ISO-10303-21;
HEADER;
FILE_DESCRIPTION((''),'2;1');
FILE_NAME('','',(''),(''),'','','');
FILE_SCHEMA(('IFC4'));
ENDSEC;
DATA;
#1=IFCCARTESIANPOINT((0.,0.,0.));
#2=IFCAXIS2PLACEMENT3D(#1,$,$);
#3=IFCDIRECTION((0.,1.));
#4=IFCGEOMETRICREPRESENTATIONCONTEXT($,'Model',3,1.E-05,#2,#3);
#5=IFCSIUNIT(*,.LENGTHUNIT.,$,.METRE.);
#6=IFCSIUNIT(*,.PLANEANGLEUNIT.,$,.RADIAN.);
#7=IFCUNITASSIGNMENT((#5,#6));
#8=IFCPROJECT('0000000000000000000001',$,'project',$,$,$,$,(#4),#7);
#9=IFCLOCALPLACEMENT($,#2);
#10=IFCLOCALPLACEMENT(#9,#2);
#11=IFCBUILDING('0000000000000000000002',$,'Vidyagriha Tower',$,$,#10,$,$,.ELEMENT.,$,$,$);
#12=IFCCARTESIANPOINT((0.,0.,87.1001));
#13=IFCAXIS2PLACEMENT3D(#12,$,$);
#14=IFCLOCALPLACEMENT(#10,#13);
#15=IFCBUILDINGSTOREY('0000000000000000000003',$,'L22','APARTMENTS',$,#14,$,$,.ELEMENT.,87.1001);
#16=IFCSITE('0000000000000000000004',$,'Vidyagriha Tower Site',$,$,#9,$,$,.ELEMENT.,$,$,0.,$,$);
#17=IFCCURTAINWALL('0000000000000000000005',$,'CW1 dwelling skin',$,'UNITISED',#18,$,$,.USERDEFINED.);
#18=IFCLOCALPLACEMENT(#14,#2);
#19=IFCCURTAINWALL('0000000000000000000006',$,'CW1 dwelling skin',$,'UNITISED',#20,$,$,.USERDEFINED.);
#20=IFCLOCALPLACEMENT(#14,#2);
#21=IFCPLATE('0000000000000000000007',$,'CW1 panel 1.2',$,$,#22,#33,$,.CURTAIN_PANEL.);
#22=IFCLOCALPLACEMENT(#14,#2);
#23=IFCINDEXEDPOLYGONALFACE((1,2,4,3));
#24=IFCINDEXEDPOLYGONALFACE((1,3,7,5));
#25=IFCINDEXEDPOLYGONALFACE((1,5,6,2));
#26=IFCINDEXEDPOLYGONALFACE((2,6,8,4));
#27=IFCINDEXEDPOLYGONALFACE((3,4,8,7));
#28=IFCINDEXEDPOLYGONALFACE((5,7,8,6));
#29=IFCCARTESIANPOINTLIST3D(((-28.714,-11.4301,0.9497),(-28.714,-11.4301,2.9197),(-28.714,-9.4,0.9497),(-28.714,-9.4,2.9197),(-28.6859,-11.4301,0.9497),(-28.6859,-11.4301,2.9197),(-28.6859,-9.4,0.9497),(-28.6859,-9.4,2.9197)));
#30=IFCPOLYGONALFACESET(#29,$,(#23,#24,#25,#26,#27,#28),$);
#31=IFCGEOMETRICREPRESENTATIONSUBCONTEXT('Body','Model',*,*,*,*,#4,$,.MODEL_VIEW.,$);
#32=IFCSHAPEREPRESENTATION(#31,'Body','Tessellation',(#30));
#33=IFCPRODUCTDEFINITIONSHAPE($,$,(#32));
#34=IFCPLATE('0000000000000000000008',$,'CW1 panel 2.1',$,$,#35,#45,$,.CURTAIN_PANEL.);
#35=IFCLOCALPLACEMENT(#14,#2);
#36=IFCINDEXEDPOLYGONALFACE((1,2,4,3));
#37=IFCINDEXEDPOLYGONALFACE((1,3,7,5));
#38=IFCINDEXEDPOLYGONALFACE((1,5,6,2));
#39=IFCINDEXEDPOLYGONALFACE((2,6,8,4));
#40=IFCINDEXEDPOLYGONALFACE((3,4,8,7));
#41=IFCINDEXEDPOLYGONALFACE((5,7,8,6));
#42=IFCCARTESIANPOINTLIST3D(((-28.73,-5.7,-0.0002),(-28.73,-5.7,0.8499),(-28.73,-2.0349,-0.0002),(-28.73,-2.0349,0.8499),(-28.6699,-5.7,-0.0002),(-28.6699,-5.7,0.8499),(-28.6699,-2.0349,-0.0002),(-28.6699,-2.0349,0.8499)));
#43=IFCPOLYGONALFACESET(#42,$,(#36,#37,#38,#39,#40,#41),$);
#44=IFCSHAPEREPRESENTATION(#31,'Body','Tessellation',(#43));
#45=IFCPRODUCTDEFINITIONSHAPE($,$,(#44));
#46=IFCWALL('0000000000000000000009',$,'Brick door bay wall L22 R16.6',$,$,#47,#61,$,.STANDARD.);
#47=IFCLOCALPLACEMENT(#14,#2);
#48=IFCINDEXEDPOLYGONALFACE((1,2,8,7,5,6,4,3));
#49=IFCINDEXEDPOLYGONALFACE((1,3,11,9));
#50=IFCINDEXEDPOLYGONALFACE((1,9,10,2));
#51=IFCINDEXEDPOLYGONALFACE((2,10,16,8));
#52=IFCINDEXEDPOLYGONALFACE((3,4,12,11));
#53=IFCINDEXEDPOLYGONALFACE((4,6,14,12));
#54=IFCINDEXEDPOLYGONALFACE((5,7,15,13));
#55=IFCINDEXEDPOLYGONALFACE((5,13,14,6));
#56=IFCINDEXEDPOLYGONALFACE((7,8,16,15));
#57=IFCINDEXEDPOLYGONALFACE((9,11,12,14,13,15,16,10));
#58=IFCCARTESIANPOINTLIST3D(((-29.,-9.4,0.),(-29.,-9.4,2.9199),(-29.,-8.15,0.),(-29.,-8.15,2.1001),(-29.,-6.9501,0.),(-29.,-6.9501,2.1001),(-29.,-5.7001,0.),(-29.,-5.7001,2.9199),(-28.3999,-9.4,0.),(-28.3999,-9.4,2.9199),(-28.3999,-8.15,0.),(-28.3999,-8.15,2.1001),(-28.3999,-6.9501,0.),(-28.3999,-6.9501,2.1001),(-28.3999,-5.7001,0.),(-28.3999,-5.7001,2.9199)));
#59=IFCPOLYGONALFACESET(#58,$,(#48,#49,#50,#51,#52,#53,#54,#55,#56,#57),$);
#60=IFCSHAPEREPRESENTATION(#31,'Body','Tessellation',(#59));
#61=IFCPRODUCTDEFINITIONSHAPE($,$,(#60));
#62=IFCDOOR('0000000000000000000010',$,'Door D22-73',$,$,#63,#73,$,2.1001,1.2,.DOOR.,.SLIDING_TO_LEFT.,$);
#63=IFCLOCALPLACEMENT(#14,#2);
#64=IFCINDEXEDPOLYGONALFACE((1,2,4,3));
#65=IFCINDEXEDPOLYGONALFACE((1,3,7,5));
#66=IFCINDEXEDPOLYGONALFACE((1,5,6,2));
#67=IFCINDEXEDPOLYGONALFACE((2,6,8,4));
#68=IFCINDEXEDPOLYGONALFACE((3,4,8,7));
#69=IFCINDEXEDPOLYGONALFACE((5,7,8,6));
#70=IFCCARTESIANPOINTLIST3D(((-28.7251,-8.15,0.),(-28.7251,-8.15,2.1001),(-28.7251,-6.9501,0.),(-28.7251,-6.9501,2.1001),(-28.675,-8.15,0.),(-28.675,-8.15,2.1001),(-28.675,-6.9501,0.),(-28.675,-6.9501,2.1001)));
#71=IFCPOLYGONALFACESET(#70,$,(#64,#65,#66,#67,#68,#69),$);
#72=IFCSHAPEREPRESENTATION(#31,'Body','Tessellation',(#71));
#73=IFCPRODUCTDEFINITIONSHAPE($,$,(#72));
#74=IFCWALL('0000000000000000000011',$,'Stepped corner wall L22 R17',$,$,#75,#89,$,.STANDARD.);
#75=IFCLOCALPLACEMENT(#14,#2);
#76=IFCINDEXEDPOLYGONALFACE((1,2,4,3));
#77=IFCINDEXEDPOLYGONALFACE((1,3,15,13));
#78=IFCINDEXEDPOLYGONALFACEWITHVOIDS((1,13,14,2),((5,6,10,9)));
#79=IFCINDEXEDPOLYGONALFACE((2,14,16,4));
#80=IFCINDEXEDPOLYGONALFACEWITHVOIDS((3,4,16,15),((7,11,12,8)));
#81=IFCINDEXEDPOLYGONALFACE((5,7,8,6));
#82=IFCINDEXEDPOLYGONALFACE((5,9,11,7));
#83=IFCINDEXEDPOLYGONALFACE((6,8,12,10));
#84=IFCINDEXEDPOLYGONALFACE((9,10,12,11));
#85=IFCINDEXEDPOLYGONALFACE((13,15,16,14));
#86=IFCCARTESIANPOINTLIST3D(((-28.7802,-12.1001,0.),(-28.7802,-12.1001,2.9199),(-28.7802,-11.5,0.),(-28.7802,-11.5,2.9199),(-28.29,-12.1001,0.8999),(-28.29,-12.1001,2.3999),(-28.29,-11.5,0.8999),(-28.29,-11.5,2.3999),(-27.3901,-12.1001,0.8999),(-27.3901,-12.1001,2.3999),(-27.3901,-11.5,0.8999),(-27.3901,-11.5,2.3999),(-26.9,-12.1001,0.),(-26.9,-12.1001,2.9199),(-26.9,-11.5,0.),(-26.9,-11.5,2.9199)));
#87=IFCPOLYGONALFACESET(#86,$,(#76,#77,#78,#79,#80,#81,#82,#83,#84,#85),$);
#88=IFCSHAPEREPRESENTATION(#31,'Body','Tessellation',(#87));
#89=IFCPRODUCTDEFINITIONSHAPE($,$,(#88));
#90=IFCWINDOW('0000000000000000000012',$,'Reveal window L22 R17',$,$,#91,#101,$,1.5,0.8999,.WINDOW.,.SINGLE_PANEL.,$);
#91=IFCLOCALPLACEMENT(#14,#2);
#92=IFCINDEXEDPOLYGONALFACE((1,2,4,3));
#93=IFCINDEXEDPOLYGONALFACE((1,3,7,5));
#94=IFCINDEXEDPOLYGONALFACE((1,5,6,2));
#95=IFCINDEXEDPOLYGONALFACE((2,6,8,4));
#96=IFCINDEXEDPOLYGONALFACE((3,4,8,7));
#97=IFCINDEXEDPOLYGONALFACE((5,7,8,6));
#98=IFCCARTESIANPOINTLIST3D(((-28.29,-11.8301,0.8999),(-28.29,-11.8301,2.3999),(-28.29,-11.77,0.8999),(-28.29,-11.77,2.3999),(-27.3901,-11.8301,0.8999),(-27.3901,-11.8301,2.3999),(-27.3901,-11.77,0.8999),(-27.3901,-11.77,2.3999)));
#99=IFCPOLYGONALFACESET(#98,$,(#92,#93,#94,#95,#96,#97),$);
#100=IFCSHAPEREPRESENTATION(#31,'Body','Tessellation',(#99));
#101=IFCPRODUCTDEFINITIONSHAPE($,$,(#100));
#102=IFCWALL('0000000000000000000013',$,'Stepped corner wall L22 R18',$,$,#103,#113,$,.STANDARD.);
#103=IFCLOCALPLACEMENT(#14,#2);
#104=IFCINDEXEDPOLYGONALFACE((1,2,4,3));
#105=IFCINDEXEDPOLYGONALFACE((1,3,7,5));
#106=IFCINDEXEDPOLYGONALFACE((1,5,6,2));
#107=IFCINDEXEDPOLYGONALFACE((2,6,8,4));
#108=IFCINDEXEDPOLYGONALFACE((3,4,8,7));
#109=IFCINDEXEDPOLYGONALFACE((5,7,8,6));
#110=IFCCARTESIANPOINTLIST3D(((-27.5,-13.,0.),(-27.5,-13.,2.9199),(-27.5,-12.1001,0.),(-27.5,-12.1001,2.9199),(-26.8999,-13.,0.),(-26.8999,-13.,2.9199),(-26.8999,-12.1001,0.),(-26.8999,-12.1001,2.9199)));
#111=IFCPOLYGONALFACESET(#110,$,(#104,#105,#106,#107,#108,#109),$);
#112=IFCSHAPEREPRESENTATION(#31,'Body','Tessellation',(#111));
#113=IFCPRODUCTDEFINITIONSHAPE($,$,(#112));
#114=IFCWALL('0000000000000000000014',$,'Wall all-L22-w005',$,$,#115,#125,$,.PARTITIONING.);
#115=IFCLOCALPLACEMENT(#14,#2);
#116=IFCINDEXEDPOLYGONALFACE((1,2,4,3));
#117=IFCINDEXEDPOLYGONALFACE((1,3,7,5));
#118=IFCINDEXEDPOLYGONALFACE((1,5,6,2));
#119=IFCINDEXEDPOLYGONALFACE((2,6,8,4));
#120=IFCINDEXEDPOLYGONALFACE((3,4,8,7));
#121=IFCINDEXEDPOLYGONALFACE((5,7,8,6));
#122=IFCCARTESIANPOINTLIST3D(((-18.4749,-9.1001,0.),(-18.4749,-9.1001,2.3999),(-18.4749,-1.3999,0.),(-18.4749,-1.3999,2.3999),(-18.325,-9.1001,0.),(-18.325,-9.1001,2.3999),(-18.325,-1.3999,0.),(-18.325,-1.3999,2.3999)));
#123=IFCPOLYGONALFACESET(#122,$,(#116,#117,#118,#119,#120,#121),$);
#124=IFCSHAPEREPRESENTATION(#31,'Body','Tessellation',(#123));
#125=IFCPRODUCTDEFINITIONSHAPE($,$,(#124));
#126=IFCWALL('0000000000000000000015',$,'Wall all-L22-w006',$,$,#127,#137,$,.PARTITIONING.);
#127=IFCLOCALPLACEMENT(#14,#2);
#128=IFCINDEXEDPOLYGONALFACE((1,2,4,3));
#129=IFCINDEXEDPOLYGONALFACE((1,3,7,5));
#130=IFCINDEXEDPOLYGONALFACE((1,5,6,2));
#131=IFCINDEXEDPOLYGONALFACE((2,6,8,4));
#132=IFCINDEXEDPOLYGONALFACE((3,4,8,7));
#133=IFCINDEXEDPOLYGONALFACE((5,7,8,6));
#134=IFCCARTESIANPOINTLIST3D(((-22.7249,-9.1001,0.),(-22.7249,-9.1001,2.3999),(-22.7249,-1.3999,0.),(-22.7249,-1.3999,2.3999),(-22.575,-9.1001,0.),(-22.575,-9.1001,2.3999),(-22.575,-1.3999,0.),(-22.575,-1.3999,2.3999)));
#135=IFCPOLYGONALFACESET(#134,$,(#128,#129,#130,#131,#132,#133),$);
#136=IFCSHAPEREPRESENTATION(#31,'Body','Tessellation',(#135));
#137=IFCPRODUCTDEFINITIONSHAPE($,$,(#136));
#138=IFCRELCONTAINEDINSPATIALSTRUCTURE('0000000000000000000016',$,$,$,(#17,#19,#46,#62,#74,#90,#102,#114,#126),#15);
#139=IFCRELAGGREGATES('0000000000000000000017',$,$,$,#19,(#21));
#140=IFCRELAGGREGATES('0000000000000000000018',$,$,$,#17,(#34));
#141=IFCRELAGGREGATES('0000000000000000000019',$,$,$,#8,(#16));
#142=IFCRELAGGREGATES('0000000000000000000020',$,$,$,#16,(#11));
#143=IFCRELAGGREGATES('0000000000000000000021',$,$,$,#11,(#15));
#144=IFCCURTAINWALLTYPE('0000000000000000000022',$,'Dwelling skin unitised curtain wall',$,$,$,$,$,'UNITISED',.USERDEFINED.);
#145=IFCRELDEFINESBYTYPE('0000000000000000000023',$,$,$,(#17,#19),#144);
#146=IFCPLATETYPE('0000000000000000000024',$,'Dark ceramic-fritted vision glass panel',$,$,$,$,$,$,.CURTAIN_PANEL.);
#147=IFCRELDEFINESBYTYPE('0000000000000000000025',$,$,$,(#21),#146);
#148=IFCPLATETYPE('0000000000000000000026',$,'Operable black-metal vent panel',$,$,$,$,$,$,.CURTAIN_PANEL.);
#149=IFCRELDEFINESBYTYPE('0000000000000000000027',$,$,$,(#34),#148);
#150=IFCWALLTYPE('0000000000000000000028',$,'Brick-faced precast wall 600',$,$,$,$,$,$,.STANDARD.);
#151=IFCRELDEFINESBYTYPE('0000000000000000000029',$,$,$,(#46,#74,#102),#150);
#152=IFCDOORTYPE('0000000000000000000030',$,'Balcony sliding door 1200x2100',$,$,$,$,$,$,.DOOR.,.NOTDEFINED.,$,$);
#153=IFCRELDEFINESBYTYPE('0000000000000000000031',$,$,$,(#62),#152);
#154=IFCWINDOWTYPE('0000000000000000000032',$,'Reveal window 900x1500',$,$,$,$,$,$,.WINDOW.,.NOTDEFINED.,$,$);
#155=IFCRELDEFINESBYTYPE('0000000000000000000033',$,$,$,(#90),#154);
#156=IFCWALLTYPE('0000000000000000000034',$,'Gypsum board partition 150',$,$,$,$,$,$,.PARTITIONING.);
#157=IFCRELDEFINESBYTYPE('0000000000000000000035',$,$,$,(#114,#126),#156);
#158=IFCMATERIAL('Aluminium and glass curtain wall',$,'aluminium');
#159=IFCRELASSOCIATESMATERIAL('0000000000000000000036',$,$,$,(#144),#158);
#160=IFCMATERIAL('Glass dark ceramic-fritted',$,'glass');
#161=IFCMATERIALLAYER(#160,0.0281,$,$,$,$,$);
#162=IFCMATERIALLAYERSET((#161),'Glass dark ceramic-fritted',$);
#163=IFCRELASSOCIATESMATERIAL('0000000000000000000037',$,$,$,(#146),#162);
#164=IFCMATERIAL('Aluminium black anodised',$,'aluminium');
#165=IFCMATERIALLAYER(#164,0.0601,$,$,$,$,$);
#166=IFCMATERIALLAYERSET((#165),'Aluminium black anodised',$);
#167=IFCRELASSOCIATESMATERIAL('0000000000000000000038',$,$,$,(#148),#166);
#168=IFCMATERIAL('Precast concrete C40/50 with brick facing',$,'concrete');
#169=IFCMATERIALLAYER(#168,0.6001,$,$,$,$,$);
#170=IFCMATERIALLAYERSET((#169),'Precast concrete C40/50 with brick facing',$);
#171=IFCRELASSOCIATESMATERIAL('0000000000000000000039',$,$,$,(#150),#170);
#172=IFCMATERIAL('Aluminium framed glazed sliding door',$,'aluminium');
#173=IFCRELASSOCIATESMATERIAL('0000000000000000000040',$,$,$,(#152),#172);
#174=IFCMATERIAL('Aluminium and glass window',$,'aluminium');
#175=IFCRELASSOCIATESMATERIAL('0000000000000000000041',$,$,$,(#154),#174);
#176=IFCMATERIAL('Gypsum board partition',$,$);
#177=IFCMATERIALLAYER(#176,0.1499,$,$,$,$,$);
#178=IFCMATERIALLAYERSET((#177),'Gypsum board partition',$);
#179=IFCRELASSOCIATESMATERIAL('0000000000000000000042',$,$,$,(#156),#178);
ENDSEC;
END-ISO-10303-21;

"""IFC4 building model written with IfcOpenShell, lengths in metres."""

from ifc_helpers import new_model, si_unit, direction, frame, frame_2d, origin, origin_2d, place, context, subcontext, project, spatial, rectangle, extrude, material, layer, layer_set, type_object, element, fill, aggregate, save


model = new_model("IFC4")

# Units and contexts
model_context = context("Model", 3, precision=1e-05, world=origin(), true_north=direction((0.0, 1.0)))
body_context = subcontext(model_context, "Body", "Model", "MODEL_VIEW")
ifc_project = project(units=[si_unit("LENGTHUNIT", "METRE"), si_unit("PLANEANGLEUNIT", "RADIAN")], contexts=[model_context])

# Site, building, storey
site_placement = place(None, origin())
site = spatial("IfcSite", under=ifc_project, at=site_placement, Name="Vidyagriha Tower Site", CompositionType="ELEMENT", RefElevation=0.0)
building_placement = place(site_placement, origin())
building = spatial("IfcBuilding", under=site, at=building_placement, Name="Vidyagriha Tower", CompositionType="ELEMENT")
storey_placement = place(building_placement, frame((0.0, 0.0, 87.1001)))
storey = spatial("IfcBuildingStorey", under=building, at=storey_placement, Name="L22", Description="APARTMENTS", CompositionType="ELEMENT", Elevation=87.1001)

# Curtain walls
ifc_material_1 = material(Name="Aluminium and glass curtain wall", Category="aluminium")
curtain_wall_type = type_object("IfcCurtainWallType", Name="Dwelling skin unitised curtain wall", ElementType="UNITISED", PredefinedType="USERDEFINED", material=ifc_material_1)
curtain_wall_1_placement = place(storey_placement, origin())
curtain_wall_1 = element("IfcCurtainWall", 1, at=curtain_wall_1_placement, inside=storey, type_object=curtain_wall_type, Name="CW1 dwelling skin", ObjectType="UNITISED", PredefinedType="USERDEFINED")
curtain_wall_2_placement = place(storey_placement, origin())
curtain_wall_2 = element("IfcCurtainWall", 2, at=curtain_wall_2_placement, inside=storey, type_object=curtain_wall_type, Name="CW1 dwelling skin", ObjectType="UNITISED", PredefinedType="USERDEFINED")

# Plates
ifc_material_2 = material(Name="Glass dark ceramic-fritted", Category="glass")
ifc_layer_1 = layer(ifc_material_2, 0.0281)
ifc_layer_set_1 = layer_set([ifc_layer_1], Name="Glass dark ceramic-fritted")
plate_type_1 = type_object("IfcPlateType", Name="Dark ceramic-fritted vision glass panel", PredefinedType="CURTAIN_PANEL", material=ifc_layer_set_1)
plate_1_placement = place(storey_placement, frame((-28.7, -10.415, 0.9497), z_axis=(0.0, 0.0, 1.0), x_axis=(0.0, -1.0, 0.0)))
plate_1 = element("IfcPlate", 3, at=plate_1_placement, type_object=plate_type_1, Name="CW1 panel 1.2", PredefinedType="CURTAIN_PANEL", context=body_context, shape_type="SweptSolid", body=[
    extrude(rectangle(XDim=2.03, YDim=0.0281, at=origin_2d()), origin(), (0.0, 0.0, 1.0), 1.97),
])
aggregate(curtain_wall_2, [plate_1])
ifc_material_3 = material(Name="Aluminium black anodised", Category="aluminium")
ifc_layer_2 = layer(ifc_material_3, 0.0601)
ifc_layer_set_2 = layer_set([ifc_layer_2], Name="Aluminium black anodised")
plate_type_2 = type_object("IfcPlateType", Name="Operable black-metal vent panel", PredefinedType="CURTAIN_PANEL", material=ifc_layer_set_2)
plate_2_placement = place(storey_placement, frame((-28.7, -3.8674, -0.0002), z_axis=(0.0, 0.0, 1.0), x_axis=(0.0, -1.0, 0.0)))
plate_2 = element("IfcPlate", 4, at=plate_2_placement, type_object=plate_type_2, Name="CW1 panel 2.1", PredefinedType="CURTAIN_PANEL", context=body_context, shape_type="SweptSolid", body=[
    extrude(rectangle(XDim=3.665, YDim=0.0601, at=origin_2d()), origin(), (0.0, 0.0, 1.0), 0.8501),
])
aggregate(curtain_wall_1, [plate_2])

# Wall, opening, door
ifc_material_4 = material(Name="Precast concrete C40/50 with brick facing", Category="concrete")
ifc_layer_3 = layer(ifc_material_4, 0.6001)
ifc_layer_set_3 = layer_set([ifc_layer_3], Name="Precast concrete C40/50 with brick facing")
wall_type_1 = type_object("IfcWallType", Name="Brick-faced precast wall 600", PredefinedType="STANDARD", material=ifc_layer_set_3)
wall_1_placement = place(storey_placement, frame((-28.7, -5.7, 0.0), z_axis=(0.0, 0.0, 1.0), x_axis=(0.0, -1.0, 0.0)))
wall_1 = element("IfcWall", 5, at=wall_1_placement, inside=storey, type_object=wall_type_1, Name="Brick door bay wall L22 R16.6", PredefinedType="STANDARD", context=body_context, shape_type="SweptSolid", body=[
    extrude(rectangle(XDim=3.7, YDim=0.6001, at=frame_2d((1.8501, 0.0))), origin(), (0.0, 0.0, 1.0), 2.9199),
])
opening_1_placement = place(wall_1_placement, frame((1.25, 0.0, 0.0)))
opening_1 = element("IfcOpeningElement", 6, at=opening_1_placement, cuts=wall_1, PredefinedType="OPENING", context=body_context, shape_type="SweptSolid", body=[
    extrude(rectangle(XDim=1.2, YDim=2.1001, at=frame_2d((0.6001, 1.05))), frame((0.0, 0.3101, 0.0), z_axis=(0.0, -1.0, 0.0), x_axis=(1.0, 0.0, 0.0)), (0.0, 0.0, 1.0), 0.6201),
])
ifc_material_5 = material(Name="Aluminium framed glazed sliding door", Category="aluminium")
door_type_1 = type_object("IfcDoorType", Name="Balcony sliding door 1200x2100", OperationType="NOTDEFINED", PredefinedType="DOOR", material=ifc_material_5)
door_1_placement = place(opening_1_placement, origin())
door_1 = element("IfcDoor", 7, at=door_1_placement, inside=storey, type_object=door_type_1, Name="Door D22-73", OperationType="SLIDING_TO_LEFT", OverallHeight=2.1001, OverallWidth=1.2, PredefinedType="DOOR", context=body_context, shape_type="SweptSolid", body=[
    extrude(rectangle(XDim=1.2, YDim=2.1001, at=frame_2d((0.6001, 1.05))), frame((0.0, 0.0249, 0.0), z_axis=(0.0, -1.0, 0.0), x_axis=(1.0, 0.0, 0.0)), (0.0, 0.0, 1.0), 0.05),
])
fill(opening_1, door_1)

# Wall, opening, window
wall_2_placement = place(storey_placement, frame((-28.78, -11.8, 0.0)))
wall_2 = element("IfcWall", 8, at=wall_2_placement, inside=storey, type_object=wall_type_1, Name="Stepped corner wall L22 R17", PredefinedType="STANDARD", context=body_context, shape_type="SweptSolid", body=[
    extrude(rectangle(XDim=1.8801, YDim=0.6001, at=frame_2d((0.9399, 0.0))), origin(), (0.0, 0.0, 1.0), 2.9199),
])
opening_2_placement = place(wall_2_placement, frame((0.49, 0.0, 0.8999)))
opening_2 = element("IfcOpeningElement", 9, at=opening_2_placement, cuts=wall_2, PredefinedType="OPENING", context=body_context, shape_type="SweptSolid", body=[
    extrude(rectangle(XDim=0.8999, YDim=1.5, at=frame_2d((0.45, 0.75))), frame((0.0, 0.3101, 0.0), z_axis=(0.0, -1.0, 0.0), x_axis=(1.0, 0.0, 0.0)), (0.0, 0.0, 1.0), 0.6201),
])
ifc_material_6 = material(Name="Aluminium and glass window", Category="aluminium")
window_type = type_object("IfcWindowType", Name="Reveal window 900x1500", PartitioningType="NOTDEFINED", PredefinedType="WINDOW", material=ifc_material_6)
window_placement = place(opening_2_placement, origin())
window = element("IfcWindow", 10, at=window_placement, inside=storey, type_object=window_type, Name="Reveal window L22 R17", OverallHeight=1.5, OverallWidth=0.8999, PartitioningType="SINGLE_PANEL", PredefinedType="WINDOW", context=body_context, shape_type="SweptSolid", body=[
    extrude(rectangle(XDim=0.8999, YDim=1.5, at=frame_2d((0.45, 0.75))), frame((0.0, 0.03, 0.0), z_axis=(0.0, -1.0, 0.0), x_axis=(1.0, 0.0, 0.0)), (0.0, 0.0, 1.0), 0.0601),
])
fill(opening_2, window)

# Walls
wall_3_placement = place(storey_placement, frame((-27.2, -12.1001, 0.0), z_axis=(0.0, 0.0, 1.0), x_axis=(0.0, -1.0, 0.0)))
element("IfcWall", 11, at=wall_3_placement, inside=storey, type_object=wall_type_1, Name="Stepped corner wall L22 R18", PredefinedType="STANDARD", context=body_context, shape_type="SweptSolid", body=[
    extrude(rectangle(XDim=0.8999, YDim=0.6001, at=frame_2d((0.45, 0.0))), origin(), (0.0, 0.0, 1.0), 2.9199),
])
ifc_material_7 = material(Name="Gypsum board partition")
ifc_layer_4 = layer(ifc_material_7, 0.1499)
ifc_layer_set_4 = layer_set([ifc_layer_4], Name="Gypsum board partition")
wall_type_2 = type_object("IfcWallType", Name="Gypsum board partition 150", PredefinedType="PARTITIONING", material=ifc_layer_set_4)
for number, where, z_axis, x_axis, name in (
    (12, (-18.3999, -9.1001, 0.0), (0.0, 0.0, 1.0), (0.0, 1.0, 0.0), "Wall all-L22-w005"),
    (13, (-22.6499, -9.1001, 0.0), (0.0, 0.0, 1.0), (0.0, 1.0, 0.0), "Wall all-L22-w006"),
):
    element("IfcWall", number, at=place(storey_placement, frame(where, z_axis=z_axis, x_axis=x_axis)), inside=storey, type_object=wall_type_2, Name=name, PredefinedType="PARTITIONING", context=body_context, shape_type="SweptSolid", body=[
        extrude(rectangle(XDim=7.7002, YDim=0.1499, at=frame_2d((3.8501, 0.0))), origin(), (0.0, 0.0, 1.0), 2.3999),
    ])

save(model, "model.ifc")
